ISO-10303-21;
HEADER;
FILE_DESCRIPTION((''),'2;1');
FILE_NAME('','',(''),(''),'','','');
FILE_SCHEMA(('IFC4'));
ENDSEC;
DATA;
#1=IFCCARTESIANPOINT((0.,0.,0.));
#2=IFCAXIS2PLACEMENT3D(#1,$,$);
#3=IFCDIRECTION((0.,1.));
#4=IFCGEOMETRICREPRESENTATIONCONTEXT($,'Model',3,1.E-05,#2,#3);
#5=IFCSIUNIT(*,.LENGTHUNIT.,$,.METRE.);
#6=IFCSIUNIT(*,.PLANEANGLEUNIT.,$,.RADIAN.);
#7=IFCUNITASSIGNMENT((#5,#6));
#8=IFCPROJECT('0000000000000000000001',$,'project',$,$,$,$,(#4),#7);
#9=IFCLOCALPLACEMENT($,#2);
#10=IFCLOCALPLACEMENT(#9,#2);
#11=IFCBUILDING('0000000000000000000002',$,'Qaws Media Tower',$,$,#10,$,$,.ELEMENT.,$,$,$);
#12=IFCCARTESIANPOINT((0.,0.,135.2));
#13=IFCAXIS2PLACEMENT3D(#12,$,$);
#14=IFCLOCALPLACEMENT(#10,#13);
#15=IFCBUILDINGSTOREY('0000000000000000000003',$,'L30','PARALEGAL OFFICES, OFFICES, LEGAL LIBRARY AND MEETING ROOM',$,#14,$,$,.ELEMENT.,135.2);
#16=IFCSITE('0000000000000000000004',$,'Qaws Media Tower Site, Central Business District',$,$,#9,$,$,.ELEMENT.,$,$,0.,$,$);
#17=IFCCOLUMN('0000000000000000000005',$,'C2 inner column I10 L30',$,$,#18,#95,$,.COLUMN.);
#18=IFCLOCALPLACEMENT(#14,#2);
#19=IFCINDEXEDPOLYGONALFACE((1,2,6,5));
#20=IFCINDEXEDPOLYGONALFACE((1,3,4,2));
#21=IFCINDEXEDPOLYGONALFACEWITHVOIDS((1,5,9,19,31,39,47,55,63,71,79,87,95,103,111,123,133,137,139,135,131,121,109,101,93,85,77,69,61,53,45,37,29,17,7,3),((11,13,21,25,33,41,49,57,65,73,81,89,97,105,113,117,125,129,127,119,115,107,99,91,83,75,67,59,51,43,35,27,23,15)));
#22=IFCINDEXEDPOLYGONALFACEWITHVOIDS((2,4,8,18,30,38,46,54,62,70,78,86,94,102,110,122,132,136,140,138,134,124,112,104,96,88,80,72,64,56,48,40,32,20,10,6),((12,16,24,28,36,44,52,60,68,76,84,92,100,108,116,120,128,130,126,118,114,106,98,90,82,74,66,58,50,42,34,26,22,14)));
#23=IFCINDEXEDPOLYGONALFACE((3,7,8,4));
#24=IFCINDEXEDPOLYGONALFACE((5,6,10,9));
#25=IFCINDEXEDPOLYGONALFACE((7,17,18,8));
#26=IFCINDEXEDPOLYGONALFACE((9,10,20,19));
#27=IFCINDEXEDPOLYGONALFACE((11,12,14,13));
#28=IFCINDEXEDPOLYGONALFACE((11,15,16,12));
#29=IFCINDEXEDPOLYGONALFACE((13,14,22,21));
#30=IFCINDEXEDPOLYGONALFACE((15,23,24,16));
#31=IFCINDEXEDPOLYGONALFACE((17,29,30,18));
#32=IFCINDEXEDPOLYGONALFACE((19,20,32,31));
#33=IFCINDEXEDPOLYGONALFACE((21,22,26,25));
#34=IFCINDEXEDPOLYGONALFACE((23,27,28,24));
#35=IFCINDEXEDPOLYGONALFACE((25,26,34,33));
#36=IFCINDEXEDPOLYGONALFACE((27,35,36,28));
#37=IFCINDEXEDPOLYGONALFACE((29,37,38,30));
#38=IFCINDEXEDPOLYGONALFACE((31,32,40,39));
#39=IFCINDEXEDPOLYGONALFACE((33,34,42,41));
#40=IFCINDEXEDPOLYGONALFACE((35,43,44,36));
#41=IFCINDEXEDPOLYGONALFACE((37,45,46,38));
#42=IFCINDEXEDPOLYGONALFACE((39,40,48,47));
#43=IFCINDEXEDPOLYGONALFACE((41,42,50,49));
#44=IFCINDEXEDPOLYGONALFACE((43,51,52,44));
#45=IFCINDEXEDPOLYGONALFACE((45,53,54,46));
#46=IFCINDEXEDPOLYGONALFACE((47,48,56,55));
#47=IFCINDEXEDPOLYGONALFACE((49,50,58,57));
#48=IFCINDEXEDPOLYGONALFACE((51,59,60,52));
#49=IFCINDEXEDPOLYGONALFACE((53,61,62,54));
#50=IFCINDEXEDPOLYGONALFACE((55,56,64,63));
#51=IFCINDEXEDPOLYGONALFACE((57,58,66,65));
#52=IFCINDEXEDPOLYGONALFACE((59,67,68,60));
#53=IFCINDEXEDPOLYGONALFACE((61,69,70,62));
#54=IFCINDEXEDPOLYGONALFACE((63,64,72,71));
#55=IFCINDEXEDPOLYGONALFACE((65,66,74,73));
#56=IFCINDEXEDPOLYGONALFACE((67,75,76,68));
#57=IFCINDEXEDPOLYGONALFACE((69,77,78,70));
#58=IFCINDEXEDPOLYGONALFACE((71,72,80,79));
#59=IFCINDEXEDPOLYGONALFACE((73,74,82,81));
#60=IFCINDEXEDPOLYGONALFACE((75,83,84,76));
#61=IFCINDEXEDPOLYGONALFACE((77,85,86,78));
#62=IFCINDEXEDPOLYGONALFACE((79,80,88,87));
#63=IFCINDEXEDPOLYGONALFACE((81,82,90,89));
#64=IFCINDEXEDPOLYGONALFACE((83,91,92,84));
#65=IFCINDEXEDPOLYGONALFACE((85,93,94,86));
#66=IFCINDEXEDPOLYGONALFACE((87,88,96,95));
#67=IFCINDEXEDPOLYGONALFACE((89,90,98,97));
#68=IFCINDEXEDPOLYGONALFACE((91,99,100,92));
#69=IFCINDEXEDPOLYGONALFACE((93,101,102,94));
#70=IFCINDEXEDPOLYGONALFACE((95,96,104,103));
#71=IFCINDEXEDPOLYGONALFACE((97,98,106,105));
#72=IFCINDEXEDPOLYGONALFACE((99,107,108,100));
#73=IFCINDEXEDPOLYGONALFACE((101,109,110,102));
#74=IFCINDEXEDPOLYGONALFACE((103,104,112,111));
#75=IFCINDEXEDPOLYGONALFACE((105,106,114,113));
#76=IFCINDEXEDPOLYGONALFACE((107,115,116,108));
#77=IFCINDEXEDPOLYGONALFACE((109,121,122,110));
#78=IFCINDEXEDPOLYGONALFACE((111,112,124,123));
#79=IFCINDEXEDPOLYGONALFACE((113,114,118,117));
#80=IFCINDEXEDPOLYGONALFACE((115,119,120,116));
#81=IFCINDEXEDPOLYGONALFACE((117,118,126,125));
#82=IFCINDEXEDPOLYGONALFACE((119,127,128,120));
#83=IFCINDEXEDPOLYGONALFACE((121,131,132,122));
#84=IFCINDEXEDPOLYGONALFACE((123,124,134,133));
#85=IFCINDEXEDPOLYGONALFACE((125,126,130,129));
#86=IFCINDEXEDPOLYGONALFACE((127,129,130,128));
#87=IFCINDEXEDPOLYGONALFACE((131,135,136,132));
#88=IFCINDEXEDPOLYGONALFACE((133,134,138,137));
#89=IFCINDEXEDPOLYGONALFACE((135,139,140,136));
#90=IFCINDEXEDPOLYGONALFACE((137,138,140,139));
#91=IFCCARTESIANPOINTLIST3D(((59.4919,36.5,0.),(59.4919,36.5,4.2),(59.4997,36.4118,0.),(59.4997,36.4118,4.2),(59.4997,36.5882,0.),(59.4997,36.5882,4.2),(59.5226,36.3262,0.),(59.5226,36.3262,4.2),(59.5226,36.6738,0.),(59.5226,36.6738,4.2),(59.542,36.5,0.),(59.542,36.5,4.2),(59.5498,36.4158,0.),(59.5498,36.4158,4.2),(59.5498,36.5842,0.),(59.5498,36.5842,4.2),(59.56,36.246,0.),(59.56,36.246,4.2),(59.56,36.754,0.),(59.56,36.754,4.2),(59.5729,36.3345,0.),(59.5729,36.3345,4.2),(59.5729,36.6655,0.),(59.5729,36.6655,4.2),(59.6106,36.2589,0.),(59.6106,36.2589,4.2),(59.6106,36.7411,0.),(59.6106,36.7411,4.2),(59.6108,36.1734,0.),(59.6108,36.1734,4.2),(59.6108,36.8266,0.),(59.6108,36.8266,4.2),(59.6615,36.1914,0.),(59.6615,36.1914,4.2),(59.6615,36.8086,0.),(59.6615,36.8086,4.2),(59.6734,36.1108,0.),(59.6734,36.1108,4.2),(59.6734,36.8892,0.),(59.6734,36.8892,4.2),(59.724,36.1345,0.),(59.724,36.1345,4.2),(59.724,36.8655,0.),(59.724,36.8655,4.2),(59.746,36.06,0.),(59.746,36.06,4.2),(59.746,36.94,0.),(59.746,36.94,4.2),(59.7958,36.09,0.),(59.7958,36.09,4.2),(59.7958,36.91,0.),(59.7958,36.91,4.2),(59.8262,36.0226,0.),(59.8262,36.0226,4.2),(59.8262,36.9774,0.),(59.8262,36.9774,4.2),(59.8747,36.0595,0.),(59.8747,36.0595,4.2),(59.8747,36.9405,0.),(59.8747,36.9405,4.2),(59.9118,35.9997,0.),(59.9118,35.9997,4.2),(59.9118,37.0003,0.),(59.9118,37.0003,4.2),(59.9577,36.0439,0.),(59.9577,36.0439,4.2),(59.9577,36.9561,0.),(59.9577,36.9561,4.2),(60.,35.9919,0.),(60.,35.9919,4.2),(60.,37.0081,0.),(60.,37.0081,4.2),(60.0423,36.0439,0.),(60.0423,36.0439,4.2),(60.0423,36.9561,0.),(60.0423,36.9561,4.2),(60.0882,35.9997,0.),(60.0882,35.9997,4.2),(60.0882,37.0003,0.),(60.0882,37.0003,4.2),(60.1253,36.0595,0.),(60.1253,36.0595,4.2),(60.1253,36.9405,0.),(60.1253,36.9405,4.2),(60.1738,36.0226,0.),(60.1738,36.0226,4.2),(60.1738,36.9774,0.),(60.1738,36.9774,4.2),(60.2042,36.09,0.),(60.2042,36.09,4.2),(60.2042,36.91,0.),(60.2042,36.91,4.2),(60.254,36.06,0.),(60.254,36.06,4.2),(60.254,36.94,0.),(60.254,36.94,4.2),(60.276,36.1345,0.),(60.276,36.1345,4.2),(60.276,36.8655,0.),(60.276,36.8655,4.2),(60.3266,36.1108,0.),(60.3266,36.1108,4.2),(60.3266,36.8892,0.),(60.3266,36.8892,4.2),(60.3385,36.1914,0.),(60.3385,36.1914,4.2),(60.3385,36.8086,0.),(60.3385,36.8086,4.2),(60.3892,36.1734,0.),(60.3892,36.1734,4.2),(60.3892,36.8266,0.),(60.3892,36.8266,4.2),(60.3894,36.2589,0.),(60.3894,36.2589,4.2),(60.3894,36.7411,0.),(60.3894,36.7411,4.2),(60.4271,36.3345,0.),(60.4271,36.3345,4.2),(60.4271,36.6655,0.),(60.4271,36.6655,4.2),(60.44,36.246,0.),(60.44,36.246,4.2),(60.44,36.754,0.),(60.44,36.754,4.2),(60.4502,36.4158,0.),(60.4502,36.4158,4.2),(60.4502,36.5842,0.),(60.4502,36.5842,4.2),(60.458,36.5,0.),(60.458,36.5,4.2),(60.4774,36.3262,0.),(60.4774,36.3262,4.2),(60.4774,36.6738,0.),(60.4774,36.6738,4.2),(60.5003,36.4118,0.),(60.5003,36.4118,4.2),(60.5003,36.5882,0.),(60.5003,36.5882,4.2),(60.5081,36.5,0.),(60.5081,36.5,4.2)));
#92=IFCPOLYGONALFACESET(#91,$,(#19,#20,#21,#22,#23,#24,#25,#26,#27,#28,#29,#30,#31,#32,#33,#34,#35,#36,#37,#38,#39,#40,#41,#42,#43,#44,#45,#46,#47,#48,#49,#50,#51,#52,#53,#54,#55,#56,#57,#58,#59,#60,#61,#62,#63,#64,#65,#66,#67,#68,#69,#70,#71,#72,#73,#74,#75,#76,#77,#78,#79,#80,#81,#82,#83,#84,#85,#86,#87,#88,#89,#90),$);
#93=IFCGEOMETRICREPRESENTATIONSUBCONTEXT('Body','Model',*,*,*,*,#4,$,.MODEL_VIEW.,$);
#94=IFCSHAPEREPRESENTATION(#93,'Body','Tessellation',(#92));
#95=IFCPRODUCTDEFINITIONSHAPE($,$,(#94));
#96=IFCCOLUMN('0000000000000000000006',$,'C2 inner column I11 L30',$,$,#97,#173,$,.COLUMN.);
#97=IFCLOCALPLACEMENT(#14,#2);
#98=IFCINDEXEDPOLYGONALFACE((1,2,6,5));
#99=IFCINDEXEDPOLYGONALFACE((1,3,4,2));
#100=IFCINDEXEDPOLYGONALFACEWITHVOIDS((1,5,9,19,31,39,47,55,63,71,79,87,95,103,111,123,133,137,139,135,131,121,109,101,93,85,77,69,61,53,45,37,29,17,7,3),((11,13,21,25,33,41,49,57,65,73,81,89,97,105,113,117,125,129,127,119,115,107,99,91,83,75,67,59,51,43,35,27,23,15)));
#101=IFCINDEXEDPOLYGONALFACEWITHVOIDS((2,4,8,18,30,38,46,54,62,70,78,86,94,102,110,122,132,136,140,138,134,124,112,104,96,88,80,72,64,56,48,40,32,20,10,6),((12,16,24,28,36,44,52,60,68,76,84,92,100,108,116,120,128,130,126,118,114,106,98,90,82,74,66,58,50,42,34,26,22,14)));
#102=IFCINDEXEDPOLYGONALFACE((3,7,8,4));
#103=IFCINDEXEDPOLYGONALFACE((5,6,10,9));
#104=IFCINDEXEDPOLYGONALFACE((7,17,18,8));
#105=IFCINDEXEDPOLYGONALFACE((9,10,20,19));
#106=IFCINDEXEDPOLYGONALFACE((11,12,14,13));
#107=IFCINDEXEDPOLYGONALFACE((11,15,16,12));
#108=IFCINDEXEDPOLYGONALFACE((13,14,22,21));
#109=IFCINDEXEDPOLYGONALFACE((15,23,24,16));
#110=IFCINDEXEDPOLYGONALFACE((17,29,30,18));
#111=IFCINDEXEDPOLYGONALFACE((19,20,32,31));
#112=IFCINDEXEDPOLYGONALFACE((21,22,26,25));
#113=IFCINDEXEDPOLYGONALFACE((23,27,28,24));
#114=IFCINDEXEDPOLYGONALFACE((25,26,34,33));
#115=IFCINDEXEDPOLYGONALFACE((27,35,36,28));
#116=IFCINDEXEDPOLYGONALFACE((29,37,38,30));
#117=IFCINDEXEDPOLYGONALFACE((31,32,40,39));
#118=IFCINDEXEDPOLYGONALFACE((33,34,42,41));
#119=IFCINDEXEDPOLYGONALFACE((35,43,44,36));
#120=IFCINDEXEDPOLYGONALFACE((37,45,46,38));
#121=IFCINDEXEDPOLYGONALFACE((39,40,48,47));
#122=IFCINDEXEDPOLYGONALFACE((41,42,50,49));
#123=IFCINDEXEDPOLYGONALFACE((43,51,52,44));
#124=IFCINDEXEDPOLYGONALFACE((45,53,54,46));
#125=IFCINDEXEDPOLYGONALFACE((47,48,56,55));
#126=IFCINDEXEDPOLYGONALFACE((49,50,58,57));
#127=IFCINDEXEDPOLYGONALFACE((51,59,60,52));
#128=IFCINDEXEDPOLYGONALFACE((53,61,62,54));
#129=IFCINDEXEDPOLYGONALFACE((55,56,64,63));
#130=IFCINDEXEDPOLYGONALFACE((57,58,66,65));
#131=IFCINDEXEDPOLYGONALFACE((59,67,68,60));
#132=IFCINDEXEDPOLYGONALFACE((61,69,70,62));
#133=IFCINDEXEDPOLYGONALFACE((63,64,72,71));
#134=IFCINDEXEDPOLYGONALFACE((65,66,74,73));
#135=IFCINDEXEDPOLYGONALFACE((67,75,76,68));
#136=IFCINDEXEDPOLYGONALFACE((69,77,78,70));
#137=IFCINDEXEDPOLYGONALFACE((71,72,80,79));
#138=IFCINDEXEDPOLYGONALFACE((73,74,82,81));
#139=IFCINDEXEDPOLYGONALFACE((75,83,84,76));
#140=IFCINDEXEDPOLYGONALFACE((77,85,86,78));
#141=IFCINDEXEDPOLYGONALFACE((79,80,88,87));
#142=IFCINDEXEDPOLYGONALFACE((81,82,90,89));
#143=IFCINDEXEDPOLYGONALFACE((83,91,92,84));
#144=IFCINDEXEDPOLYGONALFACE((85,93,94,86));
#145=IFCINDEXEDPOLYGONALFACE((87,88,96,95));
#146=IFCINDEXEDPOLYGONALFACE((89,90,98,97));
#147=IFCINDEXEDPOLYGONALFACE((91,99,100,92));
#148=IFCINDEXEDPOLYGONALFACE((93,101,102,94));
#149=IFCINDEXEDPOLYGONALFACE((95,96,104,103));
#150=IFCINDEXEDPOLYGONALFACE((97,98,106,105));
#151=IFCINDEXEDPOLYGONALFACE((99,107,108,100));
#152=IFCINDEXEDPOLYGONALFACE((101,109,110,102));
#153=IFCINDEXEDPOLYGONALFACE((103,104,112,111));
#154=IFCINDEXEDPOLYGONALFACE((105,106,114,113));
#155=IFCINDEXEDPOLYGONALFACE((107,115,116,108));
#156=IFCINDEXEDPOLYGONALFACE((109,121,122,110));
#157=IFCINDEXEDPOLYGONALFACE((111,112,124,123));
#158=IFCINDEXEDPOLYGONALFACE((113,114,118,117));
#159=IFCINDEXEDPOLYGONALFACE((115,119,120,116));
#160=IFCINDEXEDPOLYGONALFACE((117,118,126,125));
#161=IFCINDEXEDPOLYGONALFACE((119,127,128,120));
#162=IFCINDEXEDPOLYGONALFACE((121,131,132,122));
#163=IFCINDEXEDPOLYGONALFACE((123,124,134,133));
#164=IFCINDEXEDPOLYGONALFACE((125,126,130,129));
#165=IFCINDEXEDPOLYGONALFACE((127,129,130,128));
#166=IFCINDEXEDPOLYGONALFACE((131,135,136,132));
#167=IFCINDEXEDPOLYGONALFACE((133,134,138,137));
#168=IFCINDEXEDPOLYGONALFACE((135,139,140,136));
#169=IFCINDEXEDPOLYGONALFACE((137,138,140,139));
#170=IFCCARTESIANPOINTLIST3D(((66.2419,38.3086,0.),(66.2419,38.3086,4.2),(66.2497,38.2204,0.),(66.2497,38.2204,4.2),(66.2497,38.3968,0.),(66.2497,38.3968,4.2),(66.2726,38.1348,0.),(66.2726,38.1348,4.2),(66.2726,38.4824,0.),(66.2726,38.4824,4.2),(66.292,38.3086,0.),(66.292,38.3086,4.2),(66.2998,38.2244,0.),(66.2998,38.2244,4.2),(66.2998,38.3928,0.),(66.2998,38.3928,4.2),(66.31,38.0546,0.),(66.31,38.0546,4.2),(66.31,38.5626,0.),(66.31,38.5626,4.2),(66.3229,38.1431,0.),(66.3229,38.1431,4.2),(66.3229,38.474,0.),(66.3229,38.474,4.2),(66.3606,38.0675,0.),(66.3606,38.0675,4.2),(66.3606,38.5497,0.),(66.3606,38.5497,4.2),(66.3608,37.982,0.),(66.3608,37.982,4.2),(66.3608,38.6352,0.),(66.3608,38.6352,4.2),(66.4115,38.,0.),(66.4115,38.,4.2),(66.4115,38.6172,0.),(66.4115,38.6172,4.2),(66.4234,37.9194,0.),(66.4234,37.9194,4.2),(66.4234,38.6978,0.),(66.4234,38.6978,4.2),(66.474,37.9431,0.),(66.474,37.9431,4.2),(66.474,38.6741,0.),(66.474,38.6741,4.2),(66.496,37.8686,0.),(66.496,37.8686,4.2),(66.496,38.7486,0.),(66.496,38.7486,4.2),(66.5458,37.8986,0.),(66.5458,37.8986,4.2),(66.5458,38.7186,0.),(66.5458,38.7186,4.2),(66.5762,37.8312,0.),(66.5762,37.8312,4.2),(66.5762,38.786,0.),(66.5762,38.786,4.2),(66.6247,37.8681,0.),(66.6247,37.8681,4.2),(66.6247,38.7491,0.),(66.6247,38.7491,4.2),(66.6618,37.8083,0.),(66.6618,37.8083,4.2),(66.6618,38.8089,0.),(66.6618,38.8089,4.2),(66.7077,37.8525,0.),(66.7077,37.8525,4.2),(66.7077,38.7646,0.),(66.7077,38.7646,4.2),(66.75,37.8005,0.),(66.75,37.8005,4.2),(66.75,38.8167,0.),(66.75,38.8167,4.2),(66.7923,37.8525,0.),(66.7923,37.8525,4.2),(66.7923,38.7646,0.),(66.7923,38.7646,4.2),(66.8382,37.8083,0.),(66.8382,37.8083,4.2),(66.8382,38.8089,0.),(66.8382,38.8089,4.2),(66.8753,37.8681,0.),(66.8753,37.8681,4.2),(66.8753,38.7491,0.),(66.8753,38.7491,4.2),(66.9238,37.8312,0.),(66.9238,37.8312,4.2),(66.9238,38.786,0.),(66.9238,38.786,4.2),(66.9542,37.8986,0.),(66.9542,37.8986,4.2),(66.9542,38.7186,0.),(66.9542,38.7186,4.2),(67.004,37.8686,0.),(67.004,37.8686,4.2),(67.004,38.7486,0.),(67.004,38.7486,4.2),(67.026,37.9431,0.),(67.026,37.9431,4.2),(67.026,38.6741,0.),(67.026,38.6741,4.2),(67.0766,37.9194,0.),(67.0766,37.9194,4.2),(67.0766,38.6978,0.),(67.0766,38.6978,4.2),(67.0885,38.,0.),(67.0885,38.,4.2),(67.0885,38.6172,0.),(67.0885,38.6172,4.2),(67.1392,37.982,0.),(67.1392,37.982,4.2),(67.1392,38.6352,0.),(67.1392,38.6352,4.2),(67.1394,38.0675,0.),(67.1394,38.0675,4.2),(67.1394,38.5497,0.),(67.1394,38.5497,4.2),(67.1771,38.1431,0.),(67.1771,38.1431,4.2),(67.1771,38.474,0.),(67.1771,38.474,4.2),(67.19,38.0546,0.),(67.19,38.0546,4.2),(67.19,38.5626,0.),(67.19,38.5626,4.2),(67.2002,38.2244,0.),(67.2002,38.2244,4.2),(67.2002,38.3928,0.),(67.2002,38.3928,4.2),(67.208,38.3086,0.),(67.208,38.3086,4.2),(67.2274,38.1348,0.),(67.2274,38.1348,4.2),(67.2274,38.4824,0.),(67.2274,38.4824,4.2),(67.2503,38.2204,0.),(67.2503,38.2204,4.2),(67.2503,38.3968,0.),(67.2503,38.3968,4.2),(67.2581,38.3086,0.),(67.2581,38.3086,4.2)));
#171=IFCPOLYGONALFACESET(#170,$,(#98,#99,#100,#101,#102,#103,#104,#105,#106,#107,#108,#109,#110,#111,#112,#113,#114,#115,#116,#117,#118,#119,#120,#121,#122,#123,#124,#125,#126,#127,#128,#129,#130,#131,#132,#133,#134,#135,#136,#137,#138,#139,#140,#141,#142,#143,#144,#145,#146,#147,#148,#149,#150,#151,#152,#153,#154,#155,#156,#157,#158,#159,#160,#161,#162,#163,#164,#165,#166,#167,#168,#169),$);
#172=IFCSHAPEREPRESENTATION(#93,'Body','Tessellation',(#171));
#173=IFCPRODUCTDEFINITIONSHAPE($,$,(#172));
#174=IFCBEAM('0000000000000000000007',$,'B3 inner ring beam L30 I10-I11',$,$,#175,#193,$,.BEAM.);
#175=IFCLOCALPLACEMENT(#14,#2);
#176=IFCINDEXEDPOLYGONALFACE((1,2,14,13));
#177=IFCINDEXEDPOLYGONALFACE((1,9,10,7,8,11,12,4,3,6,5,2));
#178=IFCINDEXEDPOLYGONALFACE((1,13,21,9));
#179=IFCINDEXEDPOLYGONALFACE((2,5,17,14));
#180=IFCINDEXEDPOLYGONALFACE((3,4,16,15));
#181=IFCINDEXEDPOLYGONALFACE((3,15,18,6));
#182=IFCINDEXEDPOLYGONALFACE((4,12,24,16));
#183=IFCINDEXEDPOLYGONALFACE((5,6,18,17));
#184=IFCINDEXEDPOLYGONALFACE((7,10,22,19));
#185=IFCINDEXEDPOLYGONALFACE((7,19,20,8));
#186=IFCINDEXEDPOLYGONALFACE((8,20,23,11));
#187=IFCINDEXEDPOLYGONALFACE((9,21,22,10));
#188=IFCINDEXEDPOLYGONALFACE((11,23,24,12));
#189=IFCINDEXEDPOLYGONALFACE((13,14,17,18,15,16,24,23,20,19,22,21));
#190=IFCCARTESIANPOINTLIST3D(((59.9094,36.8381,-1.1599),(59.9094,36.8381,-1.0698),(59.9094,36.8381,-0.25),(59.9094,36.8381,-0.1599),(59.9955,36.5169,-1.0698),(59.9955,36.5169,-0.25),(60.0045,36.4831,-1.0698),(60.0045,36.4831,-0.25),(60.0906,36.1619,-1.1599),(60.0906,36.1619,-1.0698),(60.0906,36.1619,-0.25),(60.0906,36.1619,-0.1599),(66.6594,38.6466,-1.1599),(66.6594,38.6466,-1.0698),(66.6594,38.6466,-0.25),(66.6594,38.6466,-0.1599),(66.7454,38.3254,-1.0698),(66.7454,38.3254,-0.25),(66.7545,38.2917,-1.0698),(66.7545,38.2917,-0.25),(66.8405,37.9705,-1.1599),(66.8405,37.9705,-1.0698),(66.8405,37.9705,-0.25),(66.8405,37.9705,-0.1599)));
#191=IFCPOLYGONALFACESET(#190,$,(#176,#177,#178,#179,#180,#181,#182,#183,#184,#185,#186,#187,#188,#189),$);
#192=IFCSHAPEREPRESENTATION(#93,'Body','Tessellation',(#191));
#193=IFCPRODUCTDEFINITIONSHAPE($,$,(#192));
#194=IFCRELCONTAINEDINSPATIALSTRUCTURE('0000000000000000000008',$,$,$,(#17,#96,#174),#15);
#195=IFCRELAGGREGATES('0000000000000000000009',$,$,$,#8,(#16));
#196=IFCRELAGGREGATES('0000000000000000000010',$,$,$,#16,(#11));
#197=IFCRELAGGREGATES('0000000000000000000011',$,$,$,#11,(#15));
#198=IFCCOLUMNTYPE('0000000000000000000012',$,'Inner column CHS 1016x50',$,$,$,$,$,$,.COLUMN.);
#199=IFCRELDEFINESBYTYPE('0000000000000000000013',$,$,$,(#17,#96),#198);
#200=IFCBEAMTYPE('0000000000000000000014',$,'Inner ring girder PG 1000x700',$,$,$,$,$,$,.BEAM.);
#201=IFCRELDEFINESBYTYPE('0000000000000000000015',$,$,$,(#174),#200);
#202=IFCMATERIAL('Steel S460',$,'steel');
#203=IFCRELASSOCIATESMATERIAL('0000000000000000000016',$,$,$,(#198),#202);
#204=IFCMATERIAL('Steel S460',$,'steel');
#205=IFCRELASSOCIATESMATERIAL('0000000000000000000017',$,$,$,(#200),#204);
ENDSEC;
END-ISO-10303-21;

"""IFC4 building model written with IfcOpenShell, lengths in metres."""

from ifc_helpers import new_model, si_unit, direction, frame, origin, origin_2d, place, context, subcontext, project, spatial, hollow_circle, i_section, extrude, material, material_profile, profile_set, type_object, element, save


model = new_model("IFC4")

# Units and contexts
model_context = context("Model", 3, precision=1e-05, world=origin(), true_north=direction((0.0, 1.0)))
body_context = subcontext(model_context, "Body", "Model", "MODEL_VIEW")
ifc_project = project(units=[si_unit("LENGTHUNIT", "METRE"), si_unit("PLANEANGLEUNIT", "RADIAN")], contexts=[model_context])

# Site, building, storey
site_placement = place(None, origin())
site = spatial("IfcSite", under=ifc_project, at=site_placement, Name="Qaws Media Tower Site, Central Business District", CompositionType="ELEMENT", RefElevation=0.0)
building_placement = place(site_placement, origin())
building = spatial("IfcBuilding", under=site, at=building_placement, Name="Qaws Media Tower", CompositionType="ELEMENT")
storey_placement = place(building_placement, frame((0.0, 0.0, 135.2)))
storey = spatial("IfcBuildingStorey", under=building, at=storey_placement, Name="L30", Description="PARALEGAL OFFICES, OFFICES, LEGAL LIBRARY AND MEETING ROOM", CompositionType="ELEMENT", Elevation=135.2)

# Columns
ifc_material_1 = material(Name="Steel S460", Category="steel")
ifc_material_profile_1 = material_profile(ifc_material_1, hollow_circle(Radius=0.5081, WallThickness=0.05, at=origin_2d()), Name="CHS 1016x50")
ifc_profile_set_1 = profile_set([ifc_material_profile_1], Name="Steel S460")
column_type = type_object("IfcColumnType", Name="Inner column CHS 1016x50", PredefinedType="COLUMN", material=ifc_profile_set_1)
for number, where, z_axis, x_axis, name in (
    (1, (60.0, 36.5, 0.0), (0.0, 0.0, 1.0), (1.0, 0.0, 0.0), "C2 inner column I10 L30"),
    (2, (66.75, 38.3086, 0.0), (0.0, 0.0, 1.0), (1.0, 0.0, 0.0), "C2 inner column I11 L30"),
):
    element("IfcColumn", number, at=place(storey_placement, frame(where, z_axis=z_axis, x_axis=x_axis)), inside=storey, type_object=column_type, Name=name, PredefinedType="COLUMN", context=body_context, shape_type="SweptSolid", body=[
        extrude(hollow_circle(Radius=0.5081, WallThickness=0.05, at=origin_2d()), origin(), (0.0, 0.0, 1.0), 4.2),
    ])

# Beam
ifc_material_2 = material(Name="Steel S460", Category="steel")
ifc_material_profile_2 = material_profile(ifc_material_2, i_section(OverallWidth=0.7, OverallDepth=1.0, WebThickness=0.0349, FlangeThickness=0.0901, at=origin_2d()), Name="PG 1000x700")
ifc_profile_set_2 = profile_set([ifc_material_profile_2], Name="Steel S460")
beam_type_1 = type_object("IfcBeamType", Name="Inner ring girder PG 1000x700", PredefinedType="BEAM", material=ifc_profile_set_2)
beam_1_placement = place(storey_placement, frame((60.0, 36.5, -0.6599), z_axis=(0.965928, 0.258811, 0.0), x_axis=(-0.258811, 0.965928, 0.0)))
element("IfcBeam", 3, at=beam_1_placement, inside=storey, type_object=beam_type_1, Name="B3 inner ring beam L30 I10-I11", PredefinedType="BEAM", context=body_context, shape_type="SweptSolid", body=[
    extrude(i_section(OverallWidth=0.7, OverallDepth=1.0, WebThickness=0.0349, FlangeThickness=0.0901, at=origin_2d()), origin(), (0.0, 0.0, 1.0), 6.988),
])

save(model, "model.ifc")
